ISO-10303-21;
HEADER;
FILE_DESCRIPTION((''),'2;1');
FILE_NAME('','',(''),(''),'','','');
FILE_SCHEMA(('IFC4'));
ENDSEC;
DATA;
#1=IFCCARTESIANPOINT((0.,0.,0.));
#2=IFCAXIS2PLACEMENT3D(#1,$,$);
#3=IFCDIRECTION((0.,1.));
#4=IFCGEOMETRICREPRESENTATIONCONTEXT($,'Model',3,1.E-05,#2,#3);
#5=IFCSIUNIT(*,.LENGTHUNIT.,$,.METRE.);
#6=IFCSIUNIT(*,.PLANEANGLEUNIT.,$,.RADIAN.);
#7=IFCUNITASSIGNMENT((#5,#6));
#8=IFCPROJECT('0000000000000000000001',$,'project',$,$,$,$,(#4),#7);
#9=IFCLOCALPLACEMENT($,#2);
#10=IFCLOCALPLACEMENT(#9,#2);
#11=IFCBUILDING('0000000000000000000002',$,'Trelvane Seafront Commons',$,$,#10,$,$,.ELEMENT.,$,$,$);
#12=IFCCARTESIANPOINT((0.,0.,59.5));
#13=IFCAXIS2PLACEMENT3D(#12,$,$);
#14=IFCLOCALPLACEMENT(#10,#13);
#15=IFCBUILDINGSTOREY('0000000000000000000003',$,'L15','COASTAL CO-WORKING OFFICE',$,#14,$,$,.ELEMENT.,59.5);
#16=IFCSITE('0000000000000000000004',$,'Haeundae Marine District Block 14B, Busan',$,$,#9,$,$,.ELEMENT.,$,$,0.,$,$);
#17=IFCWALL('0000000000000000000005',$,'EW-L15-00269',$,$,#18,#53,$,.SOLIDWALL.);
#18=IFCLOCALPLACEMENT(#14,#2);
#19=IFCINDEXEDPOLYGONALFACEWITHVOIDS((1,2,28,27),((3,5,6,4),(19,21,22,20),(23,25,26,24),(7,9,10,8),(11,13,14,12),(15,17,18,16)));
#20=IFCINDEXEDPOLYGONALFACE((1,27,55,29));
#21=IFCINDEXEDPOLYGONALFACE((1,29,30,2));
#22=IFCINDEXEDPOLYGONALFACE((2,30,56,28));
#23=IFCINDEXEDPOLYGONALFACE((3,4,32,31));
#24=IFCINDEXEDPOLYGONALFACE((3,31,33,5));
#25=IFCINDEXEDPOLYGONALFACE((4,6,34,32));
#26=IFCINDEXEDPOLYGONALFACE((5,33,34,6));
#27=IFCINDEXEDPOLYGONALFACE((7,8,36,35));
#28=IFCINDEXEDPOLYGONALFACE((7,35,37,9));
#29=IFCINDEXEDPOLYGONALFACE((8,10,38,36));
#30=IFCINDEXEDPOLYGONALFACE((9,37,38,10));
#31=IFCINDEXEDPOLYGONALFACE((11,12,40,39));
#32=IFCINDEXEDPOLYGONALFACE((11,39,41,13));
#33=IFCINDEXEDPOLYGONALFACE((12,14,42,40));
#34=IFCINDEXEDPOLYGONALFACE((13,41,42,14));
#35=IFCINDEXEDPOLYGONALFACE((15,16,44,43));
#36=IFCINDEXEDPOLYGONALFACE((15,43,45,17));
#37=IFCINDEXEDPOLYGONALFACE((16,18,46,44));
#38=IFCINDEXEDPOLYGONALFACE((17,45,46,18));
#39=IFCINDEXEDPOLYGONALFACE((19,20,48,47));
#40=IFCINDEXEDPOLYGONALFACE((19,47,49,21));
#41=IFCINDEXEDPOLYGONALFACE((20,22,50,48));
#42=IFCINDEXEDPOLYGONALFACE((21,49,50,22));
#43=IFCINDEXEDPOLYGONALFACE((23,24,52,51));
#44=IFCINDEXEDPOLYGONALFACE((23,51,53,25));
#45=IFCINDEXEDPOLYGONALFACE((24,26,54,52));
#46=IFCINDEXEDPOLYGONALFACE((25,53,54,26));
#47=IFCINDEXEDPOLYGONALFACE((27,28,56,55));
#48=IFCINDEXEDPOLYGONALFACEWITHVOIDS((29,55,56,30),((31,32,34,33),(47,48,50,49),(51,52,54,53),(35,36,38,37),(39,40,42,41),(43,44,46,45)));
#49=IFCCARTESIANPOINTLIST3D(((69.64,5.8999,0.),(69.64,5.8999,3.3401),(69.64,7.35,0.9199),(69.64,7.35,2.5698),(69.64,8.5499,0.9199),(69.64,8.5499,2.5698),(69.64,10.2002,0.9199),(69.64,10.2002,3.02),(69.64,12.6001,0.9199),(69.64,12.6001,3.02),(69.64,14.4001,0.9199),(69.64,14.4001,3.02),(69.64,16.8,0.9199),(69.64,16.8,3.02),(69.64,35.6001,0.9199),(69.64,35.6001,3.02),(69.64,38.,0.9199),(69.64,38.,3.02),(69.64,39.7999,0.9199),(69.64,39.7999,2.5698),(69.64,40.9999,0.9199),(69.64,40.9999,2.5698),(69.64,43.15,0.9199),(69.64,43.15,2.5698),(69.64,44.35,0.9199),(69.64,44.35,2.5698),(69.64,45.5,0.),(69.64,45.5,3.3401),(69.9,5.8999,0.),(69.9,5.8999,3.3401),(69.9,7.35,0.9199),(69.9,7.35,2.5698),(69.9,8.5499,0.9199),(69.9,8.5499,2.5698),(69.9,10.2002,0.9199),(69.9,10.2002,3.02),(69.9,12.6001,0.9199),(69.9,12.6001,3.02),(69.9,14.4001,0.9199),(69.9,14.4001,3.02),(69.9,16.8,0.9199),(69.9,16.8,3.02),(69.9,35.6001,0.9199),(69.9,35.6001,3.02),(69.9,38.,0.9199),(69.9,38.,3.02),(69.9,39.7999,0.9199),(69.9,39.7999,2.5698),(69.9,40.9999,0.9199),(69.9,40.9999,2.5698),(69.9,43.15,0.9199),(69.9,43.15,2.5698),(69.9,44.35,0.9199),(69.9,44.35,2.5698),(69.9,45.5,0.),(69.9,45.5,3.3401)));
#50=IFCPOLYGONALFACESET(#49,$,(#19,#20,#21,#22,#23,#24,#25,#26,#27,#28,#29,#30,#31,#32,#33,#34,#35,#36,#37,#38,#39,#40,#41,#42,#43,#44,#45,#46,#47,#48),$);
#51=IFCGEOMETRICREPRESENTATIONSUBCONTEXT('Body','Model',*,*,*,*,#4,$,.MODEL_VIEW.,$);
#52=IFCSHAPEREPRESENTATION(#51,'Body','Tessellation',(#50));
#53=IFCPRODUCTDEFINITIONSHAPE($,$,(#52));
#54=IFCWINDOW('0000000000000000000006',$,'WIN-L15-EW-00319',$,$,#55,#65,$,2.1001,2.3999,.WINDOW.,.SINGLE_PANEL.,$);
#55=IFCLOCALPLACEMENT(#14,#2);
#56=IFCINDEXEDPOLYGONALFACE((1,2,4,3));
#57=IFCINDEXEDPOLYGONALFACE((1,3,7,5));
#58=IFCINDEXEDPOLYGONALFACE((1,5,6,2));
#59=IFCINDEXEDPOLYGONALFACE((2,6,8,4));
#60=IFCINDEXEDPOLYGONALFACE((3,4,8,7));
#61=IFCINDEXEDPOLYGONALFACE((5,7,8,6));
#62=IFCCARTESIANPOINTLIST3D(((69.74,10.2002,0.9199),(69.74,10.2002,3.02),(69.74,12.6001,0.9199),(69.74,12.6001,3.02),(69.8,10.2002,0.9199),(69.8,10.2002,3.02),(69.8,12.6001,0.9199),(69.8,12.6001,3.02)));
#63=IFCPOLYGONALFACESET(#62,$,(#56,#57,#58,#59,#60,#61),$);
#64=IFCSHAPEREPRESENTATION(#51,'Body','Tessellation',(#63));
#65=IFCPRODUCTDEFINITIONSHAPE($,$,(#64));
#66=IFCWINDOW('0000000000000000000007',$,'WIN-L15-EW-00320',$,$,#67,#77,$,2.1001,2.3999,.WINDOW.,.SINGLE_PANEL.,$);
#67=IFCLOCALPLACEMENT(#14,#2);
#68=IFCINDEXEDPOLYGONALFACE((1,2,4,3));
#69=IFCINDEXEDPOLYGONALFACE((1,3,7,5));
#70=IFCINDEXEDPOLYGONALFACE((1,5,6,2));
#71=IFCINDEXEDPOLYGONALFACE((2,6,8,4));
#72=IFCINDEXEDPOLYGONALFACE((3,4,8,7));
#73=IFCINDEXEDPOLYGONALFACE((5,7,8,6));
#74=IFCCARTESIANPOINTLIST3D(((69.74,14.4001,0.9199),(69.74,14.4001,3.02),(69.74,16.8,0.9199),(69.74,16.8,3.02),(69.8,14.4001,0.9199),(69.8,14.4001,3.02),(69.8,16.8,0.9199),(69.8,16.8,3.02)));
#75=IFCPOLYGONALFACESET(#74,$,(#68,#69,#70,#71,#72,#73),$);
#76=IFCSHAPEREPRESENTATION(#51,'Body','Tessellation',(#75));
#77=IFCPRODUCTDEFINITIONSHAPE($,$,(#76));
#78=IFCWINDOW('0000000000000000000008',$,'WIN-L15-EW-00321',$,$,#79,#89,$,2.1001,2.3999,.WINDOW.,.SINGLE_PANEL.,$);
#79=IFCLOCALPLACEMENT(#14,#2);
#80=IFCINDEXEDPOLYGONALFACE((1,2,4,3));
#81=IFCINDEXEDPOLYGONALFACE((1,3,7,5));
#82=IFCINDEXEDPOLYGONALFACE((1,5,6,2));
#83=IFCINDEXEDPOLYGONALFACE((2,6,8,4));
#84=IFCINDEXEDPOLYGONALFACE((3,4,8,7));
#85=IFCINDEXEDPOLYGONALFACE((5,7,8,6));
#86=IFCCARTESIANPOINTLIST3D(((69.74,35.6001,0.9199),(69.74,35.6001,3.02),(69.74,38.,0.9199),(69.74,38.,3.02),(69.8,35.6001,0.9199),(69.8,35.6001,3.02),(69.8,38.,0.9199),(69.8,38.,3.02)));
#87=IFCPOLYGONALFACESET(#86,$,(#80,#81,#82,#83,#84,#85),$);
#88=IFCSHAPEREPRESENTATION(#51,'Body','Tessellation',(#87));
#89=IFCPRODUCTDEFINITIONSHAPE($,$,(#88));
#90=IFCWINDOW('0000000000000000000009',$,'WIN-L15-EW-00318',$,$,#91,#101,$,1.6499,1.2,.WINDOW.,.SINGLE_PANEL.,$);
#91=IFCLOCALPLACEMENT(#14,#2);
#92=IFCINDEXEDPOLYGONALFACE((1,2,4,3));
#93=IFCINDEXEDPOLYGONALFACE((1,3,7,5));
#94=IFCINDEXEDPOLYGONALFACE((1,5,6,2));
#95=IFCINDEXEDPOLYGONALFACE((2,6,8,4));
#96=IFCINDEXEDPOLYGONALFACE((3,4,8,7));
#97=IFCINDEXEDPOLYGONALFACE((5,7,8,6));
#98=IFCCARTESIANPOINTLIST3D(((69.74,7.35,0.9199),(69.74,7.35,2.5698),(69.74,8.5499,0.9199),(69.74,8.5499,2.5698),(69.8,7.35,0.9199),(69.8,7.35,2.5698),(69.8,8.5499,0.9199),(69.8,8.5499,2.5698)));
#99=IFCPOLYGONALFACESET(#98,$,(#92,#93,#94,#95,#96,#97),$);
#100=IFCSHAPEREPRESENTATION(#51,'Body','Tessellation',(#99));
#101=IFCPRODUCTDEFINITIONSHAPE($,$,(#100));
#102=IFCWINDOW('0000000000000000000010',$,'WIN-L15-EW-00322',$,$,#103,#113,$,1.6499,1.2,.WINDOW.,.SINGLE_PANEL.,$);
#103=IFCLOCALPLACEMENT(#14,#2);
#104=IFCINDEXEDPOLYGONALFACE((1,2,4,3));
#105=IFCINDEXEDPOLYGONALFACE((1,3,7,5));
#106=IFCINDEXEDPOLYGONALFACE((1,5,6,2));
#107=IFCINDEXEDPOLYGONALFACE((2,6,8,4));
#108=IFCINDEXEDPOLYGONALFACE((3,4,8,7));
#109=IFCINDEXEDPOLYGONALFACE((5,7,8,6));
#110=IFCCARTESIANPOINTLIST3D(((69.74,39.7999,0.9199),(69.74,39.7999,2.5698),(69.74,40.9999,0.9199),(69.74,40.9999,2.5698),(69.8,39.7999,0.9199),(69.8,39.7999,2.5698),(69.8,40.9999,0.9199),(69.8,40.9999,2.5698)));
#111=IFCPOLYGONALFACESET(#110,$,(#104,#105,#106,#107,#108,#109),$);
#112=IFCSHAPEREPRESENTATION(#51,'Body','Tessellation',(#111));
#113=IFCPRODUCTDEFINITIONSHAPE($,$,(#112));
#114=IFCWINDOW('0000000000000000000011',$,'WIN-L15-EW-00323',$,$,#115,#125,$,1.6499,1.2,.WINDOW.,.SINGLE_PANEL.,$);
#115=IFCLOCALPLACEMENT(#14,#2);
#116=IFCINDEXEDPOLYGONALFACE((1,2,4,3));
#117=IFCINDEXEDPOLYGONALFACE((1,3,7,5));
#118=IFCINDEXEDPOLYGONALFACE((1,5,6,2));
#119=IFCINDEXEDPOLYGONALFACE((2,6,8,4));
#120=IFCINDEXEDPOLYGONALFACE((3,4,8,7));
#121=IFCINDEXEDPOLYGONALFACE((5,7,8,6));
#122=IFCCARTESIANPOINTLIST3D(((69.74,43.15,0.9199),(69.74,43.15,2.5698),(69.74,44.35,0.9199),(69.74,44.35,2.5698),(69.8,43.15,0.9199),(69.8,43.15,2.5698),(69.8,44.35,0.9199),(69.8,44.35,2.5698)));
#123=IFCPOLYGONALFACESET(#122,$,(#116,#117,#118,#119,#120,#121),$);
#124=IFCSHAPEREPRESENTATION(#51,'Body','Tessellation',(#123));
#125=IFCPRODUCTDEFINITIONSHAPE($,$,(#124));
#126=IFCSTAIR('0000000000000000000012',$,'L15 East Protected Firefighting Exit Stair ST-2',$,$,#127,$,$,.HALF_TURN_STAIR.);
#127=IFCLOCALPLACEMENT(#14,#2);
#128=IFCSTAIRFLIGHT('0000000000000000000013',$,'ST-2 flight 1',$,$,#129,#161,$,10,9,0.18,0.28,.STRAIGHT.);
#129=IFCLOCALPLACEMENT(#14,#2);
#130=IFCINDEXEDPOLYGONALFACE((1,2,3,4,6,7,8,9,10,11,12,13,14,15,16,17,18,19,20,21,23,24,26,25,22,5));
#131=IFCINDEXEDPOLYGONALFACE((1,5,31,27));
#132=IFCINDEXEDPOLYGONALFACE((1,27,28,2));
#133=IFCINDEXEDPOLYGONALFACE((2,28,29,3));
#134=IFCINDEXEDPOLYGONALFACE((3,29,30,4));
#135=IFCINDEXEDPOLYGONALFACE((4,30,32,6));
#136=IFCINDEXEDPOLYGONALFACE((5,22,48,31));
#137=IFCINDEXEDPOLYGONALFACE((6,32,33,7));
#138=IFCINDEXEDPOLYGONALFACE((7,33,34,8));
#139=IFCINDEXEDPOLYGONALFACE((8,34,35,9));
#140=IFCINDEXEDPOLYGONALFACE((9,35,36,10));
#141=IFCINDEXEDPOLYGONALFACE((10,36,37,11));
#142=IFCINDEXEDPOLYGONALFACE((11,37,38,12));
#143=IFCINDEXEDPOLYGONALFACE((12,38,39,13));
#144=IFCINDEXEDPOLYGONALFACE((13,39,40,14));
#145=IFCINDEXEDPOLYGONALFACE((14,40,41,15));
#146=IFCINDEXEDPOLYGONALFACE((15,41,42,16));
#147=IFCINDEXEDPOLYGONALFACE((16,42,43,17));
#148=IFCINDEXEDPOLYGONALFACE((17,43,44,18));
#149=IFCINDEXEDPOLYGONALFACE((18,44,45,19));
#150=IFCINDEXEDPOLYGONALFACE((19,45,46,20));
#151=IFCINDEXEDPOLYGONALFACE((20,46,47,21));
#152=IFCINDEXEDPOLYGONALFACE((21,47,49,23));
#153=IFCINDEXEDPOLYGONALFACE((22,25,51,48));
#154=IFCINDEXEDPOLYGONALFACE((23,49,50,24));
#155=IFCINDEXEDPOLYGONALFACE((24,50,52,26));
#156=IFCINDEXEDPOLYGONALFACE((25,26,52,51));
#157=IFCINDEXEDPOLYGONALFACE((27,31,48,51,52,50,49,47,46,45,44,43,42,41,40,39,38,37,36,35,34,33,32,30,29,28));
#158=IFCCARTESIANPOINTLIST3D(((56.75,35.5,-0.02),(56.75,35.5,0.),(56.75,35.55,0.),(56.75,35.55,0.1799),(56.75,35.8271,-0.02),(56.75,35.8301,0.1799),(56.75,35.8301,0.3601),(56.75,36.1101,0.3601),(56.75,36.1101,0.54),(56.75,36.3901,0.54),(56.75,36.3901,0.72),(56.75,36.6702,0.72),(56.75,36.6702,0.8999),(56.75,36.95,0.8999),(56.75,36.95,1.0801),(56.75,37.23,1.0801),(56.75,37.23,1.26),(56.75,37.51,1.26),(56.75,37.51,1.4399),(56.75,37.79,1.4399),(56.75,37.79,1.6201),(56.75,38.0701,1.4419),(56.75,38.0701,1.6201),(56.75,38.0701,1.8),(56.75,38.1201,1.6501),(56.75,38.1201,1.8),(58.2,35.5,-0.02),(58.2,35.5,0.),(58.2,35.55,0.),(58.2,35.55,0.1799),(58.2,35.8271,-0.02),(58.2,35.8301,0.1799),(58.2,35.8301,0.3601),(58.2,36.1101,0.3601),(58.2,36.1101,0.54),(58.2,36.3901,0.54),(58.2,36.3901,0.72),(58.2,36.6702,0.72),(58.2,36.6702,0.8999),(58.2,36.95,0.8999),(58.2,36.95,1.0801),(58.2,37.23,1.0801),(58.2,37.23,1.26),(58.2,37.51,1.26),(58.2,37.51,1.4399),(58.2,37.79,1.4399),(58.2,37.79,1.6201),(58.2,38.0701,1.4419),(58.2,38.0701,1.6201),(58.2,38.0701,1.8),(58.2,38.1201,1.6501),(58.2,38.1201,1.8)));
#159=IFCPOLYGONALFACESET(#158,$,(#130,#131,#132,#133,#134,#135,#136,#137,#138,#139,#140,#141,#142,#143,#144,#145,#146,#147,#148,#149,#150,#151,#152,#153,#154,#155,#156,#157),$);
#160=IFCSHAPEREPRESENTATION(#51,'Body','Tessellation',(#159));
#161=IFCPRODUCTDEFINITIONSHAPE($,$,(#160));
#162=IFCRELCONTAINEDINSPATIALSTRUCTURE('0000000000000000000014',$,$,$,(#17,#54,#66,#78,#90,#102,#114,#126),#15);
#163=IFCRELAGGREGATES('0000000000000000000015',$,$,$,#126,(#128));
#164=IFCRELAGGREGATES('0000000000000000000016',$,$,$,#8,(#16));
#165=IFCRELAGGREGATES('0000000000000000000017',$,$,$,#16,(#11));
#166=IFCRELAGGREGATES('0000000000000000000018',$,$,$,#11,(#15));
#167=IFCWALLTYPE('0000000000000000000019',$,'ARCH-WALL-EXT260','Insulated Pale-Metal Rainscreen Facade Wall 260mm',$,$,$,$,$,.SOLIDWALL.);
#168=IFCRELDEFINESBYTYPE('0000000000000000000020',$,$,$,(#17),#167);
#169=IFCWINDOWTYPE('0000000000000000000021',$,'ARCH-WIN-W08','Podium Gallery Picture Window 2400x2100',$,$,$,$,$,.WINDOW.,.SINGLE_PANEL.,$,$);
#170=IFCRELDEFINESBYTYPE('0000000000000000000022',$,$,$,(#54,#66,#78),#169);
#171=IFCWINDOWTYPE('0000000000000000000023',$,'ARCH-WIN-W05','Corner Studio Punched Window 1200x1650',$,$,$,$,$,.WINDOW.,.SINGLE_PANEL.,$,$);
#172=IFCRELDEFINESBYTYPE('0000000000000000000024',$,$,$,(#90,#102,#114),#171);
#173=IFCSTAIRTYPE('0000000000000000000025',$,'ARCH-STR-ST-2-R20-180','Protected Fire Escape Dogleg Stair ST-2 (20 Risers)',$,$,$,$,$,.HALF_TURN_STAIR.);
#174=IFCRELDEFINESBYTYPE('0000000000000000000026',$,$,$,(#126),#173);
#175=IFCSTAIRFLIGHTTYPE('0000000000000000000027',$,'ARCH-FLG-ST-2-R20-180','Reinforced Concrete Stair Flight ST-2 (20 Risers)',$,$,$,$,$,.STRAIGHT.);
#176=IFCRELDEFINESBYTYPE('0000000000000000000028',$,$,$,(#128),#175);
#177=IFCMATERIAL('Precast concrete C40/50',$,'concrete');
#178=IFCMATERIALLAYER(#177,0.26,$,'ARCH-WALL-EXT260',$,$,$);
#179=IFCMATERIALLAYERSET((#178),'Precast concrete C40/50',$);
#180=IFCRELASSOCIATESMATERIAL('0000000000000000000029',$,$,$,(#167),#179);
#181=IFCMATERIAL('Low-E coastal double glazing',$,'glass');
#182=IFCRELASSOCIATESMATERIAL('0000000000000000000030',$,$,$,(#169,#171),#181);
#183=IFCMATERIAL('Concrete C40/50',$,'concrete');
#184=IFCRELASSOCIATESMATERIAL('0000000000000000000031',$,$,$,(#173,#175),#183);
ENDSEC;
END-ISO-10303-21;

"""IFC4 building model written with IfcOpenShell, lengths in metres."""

from ifc_helpers import new_model, si_unit, direction, frame, frame_2d, origin, place, context, subcontext, project, spatial, polyline, rectangle, outline, extrude, source, transform, mapped, material, layer, layer_set, type_object, element, fill, aggregate, save


model = new_model("IFC4")

# Units and contexts
model_context = context("Model", 3, precision=1e-05, world=origin(), true_north=direction((0.0, 1.0)))
body_context = subcontext(model_context, "Body", "Model", "MODEL_VIEW")
ifc_project = project(units=[si_unit("LENGTHUNIT", "METRE"), si_unit("PLANEANGLEUNIT", "RADIAN")], contexts=[model_context])

# Site, building, storey
site_placement = place(None, origin())
site = spatial("IfcSite", under=ifc_project, at=site_placement, Name="Haeundae Marine District Block 14B, Busan", CompositionType="ELEMENT", RefElevation=0.0)
building_placement = place(site_placement, origin())
building = spatial("IfcBuilding", under=site, at=building_placement, Name="Trelvane Seafront Commons", CompositionType="ELEMENT")
storey_placement = place(building_placement, frame((0.0, 0.0, 59.5)))
storey = spatial("IfcBuildingStorey", under=building, at=storey_placement, Name="L15", Description="COASTAL CO-WORKING OFFICE", CompositionType="ELEMENT", Elevation=59.5)

# Shared definitions
ifc_material_1 = material(Name="Low-E coastal double glazing", Category="glass")

# Shared definitions
ifc_material_2 = material(Name="Precast concrete C40/50", Category="concrete")
ifc_layer_1 = layer(ifc_material_2, 0.26, Name="ARCH-WALL-EXT260")
ifc_layer_set_1 = layer_set([ifc_layer_1], Name="Precast concrete C40/50")
wall_type_1 = type_object("IfcWallType", Name="ARCH-WALL-EXT260", Description="Insulated Pale-Metal Rainscreen Facade Wall 260mm", PredefinedType="SOLIDWALL", material=ifc_layer_set_1)

# Wall, openings, windows
wall_1_placement = place(storey_placement, frame((69.77, 45.5, 0.0), z_axis=(0.0, 0.0, 1.0), x_axis=(0.0, -1.0, 0.0)))
wall_1 = element("IfcWall", 1, at=wall_1_placement, inside=storey, type_object=wall_type_1, Name="EW-L15-00269", PredefinedType="SOLIDWALL", context=body_context, shape_type="SweptSolid", body=[
    extrude(rectangle(XDim=39.6001, YDim=0.26, at=frame_2d((19.8, 0.0))), origin(), (0.0, 0.0, 1.0), 3.3401),
])
opening_1_placement = place(wall_1_placement, frame((36.95, 0.0, 0.9199)))
opening_1 = element("IfcOpeningElement", 2, at=opening_1_placement, cuts=wall_1, PredefinedType="OPENING", context=body_context, shape_type="SweptSolid", body=[
    extrude(rectangle(XDim=1.2, YDim=1.6499, at=frame_2d((0.6001, 0.825))), frame((0.0, 0.1399, 0.0), z_axis=(0.0, -1.0, 0.0), x_axis=(1.0, 0.0, 0.0)), (0.0, 0.0, 1.0), 0.28),
])
opening_2_placement = place(wall_1_placement, frame((32.8999, 0.0, 0.9199)))
opening_2 = element("IfcOpeningElement", 3, at=opening_2_placement, cuts=wall_1, PredefinedType="OPENING", context=body_context, shape_type="SweptSolid", body=[
    extrude(rectangle(XDim=2.3999, YDim=2.1001, at=frame_2d((1.2, 1.05))), frame((0.0, 0.1399, 0.0), z_axis=(0.0, -1.0, 0.0), x_axis=(1.0, 0.0, 0.0)), (0.0, 0.0, 1.0), 0.28),
])
opening_3_placement = place(wall_1_placement, frame((28.7, 0.0, 0.9199)))
opening_3 = element("IfcOpeningElement", 4, at=opening_3_placement, cuts=wall_1, PredefinedType="OPENING", context=body_context, shape_type="SweptSolid", body=[
    extrude(rectangle(XDim=2.3999, YDim=2.1001, at=frame_2d((1.2, 1.05))), frame((0.0, 0.1399, 0.0), z_axis=(0.0, -1.0, 0.0), x_axis=(1.0, 0.0, 0.0)), (0.0, 0.0, 1.0), 0.28),
])
opening_4_placement = place(wall_1_placement, frame((7.5, 0.0, 0.9199)))
opening_4 = element("IfcOpeningElement", 5, at=opening_4_placement, cuts=wall_1, PredefinedType="OPENING", context=body_context, shape_type="SweptSolid", body=[
    extrude(rectangle(XDim=2.3999, YDim=2.1001, at=frame_2d((1.2, 1.05))), frame((0.0, 0.1399, 0.0), z_axis=(0.0, -1.0, 0.0), x_axis=(1.0, 0.0, 0.0)), (0.0, 0.0, 1.0), 0.28),
])
opening_5_placement = place(wall_1_placement, frame((4.5, 0.0, 0.9199)))
opening_5 = element("IfcOpeningElement", 6, at=opening_5_placement, cuts=wall_1, PredefinedType="OPENING", context=body_context, shape_type="SweptSolid", body=[
    extrude(rectangle(XDim=1.2, YDim=1.6499, at=frame_2d((0.6001, 0.825))), frame((0.0, 0.1399, 0.0), z_axis=(0.0, -1.0, 0.0), x_axis=(1.0, 0.0, 0.0)), (0.0, 0.0, 1.0), 0.28),
])
opening_6_placement = place(wall_1_placement, frame((1.1499, 0.0, 0.9199)))
opening_6 = element("IfcOpeningElement", 7, at=opening_6_placement, cuts=wall_1, PredefinedType="OPENING", context=body_context, shape_type="SweptSolid", body=[
    extrude(rectangle(XDim=1.2, YDim=1.6499, at=frame_2d((0.6001, 0.825))), frame((0.0, 0.1399, 0.0), z_axis=(0.0, -1.0, 0.0), x_axis=(1.0, 0.0, 0.0)), (0.0, 0.0, 1.0), 0.28),
])
window_type_1 = type_object("IfcWindowType", Name="ARCH-WIN-W08", Description="Podium Gallery Picture Window 2400x2100", PartitioningType="SINGLE_PANEL", PredefinedType="WINDOW", material=ifc_material_1)
shared_shape_1 = source(origin(), body_context, "Body", "SweptSolid", [
    extrude(rectangle(XDim=2.3999, YDim=2.1001, at=frame_2d((1.2, 1.05))), frame((0.0, 0.03, 0.0), z_axis=(0.0, -1.0, 0.0), x_axis=(1.0, 0.0, 0.0)), (0.0, 0.0, 1.0), 0.0601),
])
window_1_placement = place(opening_2_placement, origin())
window_1 = element("IfcWindow", 8, at=window_1_placement, inside=storey, type_object=window_type_1, Name="WIN-L15-EW-00319", OverallHeight=2.1001, OverallWidth=2.3999, PartitioningType="SINGLE_PANEL", PredefinedType="WINDOW", context=body_context, shape_type="MappedRepresentation", body=[
    mapped(shared_shape_1, transform((0.0, 0.0, 0.0), x_axis=(1.0, 0.0, 0.0), y_axis=(0.0, 1.0, 0.0), z_axis=(0.0, 0.0, 1.0), scale=1.0)),
])
fill(opening_2, window_1)
window_2_placement = place(opening_3_placement, origin())
window_2 = element("IfcWindow", 9, at=window_2_placement, inside=storey, type_object=window_type_1, Name="WIN-L15-EW-00320", OverallHeight=2.1001, OverallWidth=2.3999, PartitioningType="SINGLE_PANEL", PredefinedType="WINDOW", context=body_context, shape_type="MappedRepresentation", body=[
    mapped(shared_shape_1, transform((0.0, 0.0, 0.0), x_axis=(1.0, 0.0, 0.0), y_axis=(0.0, 1.0, 0.0), z_axis=(0.0, 0.0, 1.0), scale=1.0)),
])
fill(opening_3, window_2)
window_3_placement = place(opening_4_placement, origin())
window_3 = element("IfcWindow", 10, at=window_3_placement, inside=storey, type_object=window_type_1, Name="WIN-L15-EW-00321", OverallHeight=2.1001, OverallWidth=2.3999, PartitioningType="SINGLE_PANEL", PredefinedType="WINDOW", context=body_context, shape_type="MappedRepresentation", body=[
    mapped(shared_shape_1, transform((0.0, 0.0, 0.0), x_axis=(1.0, 0.0, 0.0), y_axis=(0.0, 1.0, 0.0), z_axis=(0.0, 0.0, 1.0), scale=1.0)),
])
fill(opening_4, window_3)
window_type_2 = type_object("IfcWindowType", Name="ARCH-WIN-W05", Description="Corner Studio Punched Window 1200x1650", PartitioningType="SINGLE_PANEL", PredefinedType="WINDOW", material=ifc_material_1)
shared_shape_2 = source(origin(), body_context, "Body", "SweptSolid", [
    extrude(rectangle(XDim=1.2, YDim=1.6499, at=frame_2d((0.6001, 0.825))), frame((0.0, 0.03, 0.0), z_axis=(0.0, -1.0, 0.0), x_axis=(1.0, 0.0, 0.0)), (0.0, 0.0, 1.0), 0.0601),
])
window_4_placement = place(opening_1_placement, origin())
window_4 = element("IfcWindow", 11, at=window_4_placement, inside=storey, type_object=window_type_2, Name="WIN-L15-EW-00318", OverallHeight=1.6499, OverallWidth=1.2, PartitioningType="SINGLE_PANEL", PredefinedType="WINDOW", context=body_context, shape_type="MappedRepresentation", body=[
    mapped(shared_shape_2, transform((0.0, 0.0, 0.0), x_axis=(1.0, 0.0, 0.0), y_axis=(0.0, 1.0, 0.0), z_axis=(0.0, 0.0, 1.0), scale=1.0)),
])
fill(opening_1, window_4)
window_5_placement = place(opening_5_placement, origin())
window_5 = element("IfcWindow", 12, at=window_5_placement, inside=storey, type_object=window_type_2, Name="WIN-L15-EW-00322", OverallHeight=1.6499, OverallWidth=1.2, PartitioningType="SINGLE_PANEL", PredefinedType="WINDOW", context=body_context, shape_type="MappedRepresentation", body=[
    mapped(shared_shape_2, transform((0.0, 0.0, 0.0), x_axis=(1.0, 0.0, 0.0), y_axis=(0.0, 1.0, 0.0), z_axis=(0.0, 0.0, 1.0), scale=1.0)),
])
fill(opening_5, window_5)
window_6_placement = place(opening_6_placement, origin())
window_6 = element("IfcWindow", 13, at=window_6_placement, inside=storey, type_object=window_type_2, Name="WIN-L15-EW-00323", OverallHeight=1.6499, OverallWidth=1.2, PartitioningType="SINGLE_PANEL", PredefinedType="WINDOW", context=body_context, shape_type="MappedRepresentation", body=[
    mapped(shared_shape_2, transform((0.0, 0.0, 0.0), x_axis=(1.0, 0.0, 0.0), y_axis=(0.0, 1.0, 0.0), z_axis=(0.0, 0.0, 1.0), scale=1.0)),
])
fill(opening_6, window_6)

# Stair, stair flight
ifc_material_3 = material(Name="Concrete C40/50", Category="concrete")
stair_type = type_object("IfcStairType", Name="ARCH-STR-ST-2-R20-180", Description="Protected Fire Escape Dogleg Stair ST-2 (20 Risers)", PredefinedType="HALF_TURN_STAIR", material=ifc_material_3)
stair_placement = place(storey_placement, origin())
stair = element("IfcStair", 14, at=stair_placement, inside=storey, type_object=stair_type, Name="L15 East Protected Firefighting Exit Stair ST-2", PredefinedType="HALF_TURN_STAIR")
stair_flight_type = type_object("IfcStairFlightType", Name="ARCH-FLG-ST-2-R20-180", Description="Reinforced Concrete Stair Flight ST-2 (20 Risers)", PredefinedType="STRAIGHT", material=ifc_material_3)
shared_shape_3 = source(origin(), body_context, "Body", "SweptSolid", [
    extrude(outline(polyline([(-0.05, -0.02), (-0.05, 0.0), (0.0, 0.0), (0.0, 0.1799), (0.28, 0.1799), (0.28, 0.3601), (0.5601, 0.3601), (0.5601, 0.54), (0.8401, 0.54), (0.8401, 0.72), (1.1201, 0.72), (1.1201, 0.8999), (1.3999, 0.8999), (1.3999, 1.0801), (1.6799, 1.0801), (1.6799, 1.26), (1.96, 1.26), (1.96, 1.4399), (2.24, 1.4399), (2.24, 1.6201), (2.52, 1.6201), (2.52, 1.8), (2.5701, 1.8), (2.5701, 1.6501), (2.52, 1.4419), (0.2771, -0.02), (-0.05, -0.02)])), frame((0.0, 0.7251, 0.0), z_axis=(0.0, -1.0, 0.0), x_axis=(1.0, 0.0, 0.0)), (0.0, 0.0, 1.0), 1.45),
])
stair_flight_placement = place(storey_placement, frame((57.4751, 35.55, 0.0), z_axis=(0.0, 0.0, 1.0), x_axis=(0.0, 1.0, 0.0)))
stair_flight = element("IfcStairFlight", 15, at=stair_flight_placement, type_object=stair_flight_type, Name="ST-2 flight 1", NumberOfRisers=10, NumberOfTreads=9, PredefinedType="STRAIGHT", RiserHeight=0.18, TreadLength=0.28, context=body_context, shape_type="MappedRepresentation", body=[
    mapped(shared_shape_3, transform((0.0, 0.0, 0.0), x_axis=(1.0, 0.0, 0.0), y_axis=(0.0, 1.0, 0.0), z_axis=(0.0, 0.0, 1.0), scale=1.0)),
])
aggregate(stair, [stair_flight])

save(model, "model.ifc")
